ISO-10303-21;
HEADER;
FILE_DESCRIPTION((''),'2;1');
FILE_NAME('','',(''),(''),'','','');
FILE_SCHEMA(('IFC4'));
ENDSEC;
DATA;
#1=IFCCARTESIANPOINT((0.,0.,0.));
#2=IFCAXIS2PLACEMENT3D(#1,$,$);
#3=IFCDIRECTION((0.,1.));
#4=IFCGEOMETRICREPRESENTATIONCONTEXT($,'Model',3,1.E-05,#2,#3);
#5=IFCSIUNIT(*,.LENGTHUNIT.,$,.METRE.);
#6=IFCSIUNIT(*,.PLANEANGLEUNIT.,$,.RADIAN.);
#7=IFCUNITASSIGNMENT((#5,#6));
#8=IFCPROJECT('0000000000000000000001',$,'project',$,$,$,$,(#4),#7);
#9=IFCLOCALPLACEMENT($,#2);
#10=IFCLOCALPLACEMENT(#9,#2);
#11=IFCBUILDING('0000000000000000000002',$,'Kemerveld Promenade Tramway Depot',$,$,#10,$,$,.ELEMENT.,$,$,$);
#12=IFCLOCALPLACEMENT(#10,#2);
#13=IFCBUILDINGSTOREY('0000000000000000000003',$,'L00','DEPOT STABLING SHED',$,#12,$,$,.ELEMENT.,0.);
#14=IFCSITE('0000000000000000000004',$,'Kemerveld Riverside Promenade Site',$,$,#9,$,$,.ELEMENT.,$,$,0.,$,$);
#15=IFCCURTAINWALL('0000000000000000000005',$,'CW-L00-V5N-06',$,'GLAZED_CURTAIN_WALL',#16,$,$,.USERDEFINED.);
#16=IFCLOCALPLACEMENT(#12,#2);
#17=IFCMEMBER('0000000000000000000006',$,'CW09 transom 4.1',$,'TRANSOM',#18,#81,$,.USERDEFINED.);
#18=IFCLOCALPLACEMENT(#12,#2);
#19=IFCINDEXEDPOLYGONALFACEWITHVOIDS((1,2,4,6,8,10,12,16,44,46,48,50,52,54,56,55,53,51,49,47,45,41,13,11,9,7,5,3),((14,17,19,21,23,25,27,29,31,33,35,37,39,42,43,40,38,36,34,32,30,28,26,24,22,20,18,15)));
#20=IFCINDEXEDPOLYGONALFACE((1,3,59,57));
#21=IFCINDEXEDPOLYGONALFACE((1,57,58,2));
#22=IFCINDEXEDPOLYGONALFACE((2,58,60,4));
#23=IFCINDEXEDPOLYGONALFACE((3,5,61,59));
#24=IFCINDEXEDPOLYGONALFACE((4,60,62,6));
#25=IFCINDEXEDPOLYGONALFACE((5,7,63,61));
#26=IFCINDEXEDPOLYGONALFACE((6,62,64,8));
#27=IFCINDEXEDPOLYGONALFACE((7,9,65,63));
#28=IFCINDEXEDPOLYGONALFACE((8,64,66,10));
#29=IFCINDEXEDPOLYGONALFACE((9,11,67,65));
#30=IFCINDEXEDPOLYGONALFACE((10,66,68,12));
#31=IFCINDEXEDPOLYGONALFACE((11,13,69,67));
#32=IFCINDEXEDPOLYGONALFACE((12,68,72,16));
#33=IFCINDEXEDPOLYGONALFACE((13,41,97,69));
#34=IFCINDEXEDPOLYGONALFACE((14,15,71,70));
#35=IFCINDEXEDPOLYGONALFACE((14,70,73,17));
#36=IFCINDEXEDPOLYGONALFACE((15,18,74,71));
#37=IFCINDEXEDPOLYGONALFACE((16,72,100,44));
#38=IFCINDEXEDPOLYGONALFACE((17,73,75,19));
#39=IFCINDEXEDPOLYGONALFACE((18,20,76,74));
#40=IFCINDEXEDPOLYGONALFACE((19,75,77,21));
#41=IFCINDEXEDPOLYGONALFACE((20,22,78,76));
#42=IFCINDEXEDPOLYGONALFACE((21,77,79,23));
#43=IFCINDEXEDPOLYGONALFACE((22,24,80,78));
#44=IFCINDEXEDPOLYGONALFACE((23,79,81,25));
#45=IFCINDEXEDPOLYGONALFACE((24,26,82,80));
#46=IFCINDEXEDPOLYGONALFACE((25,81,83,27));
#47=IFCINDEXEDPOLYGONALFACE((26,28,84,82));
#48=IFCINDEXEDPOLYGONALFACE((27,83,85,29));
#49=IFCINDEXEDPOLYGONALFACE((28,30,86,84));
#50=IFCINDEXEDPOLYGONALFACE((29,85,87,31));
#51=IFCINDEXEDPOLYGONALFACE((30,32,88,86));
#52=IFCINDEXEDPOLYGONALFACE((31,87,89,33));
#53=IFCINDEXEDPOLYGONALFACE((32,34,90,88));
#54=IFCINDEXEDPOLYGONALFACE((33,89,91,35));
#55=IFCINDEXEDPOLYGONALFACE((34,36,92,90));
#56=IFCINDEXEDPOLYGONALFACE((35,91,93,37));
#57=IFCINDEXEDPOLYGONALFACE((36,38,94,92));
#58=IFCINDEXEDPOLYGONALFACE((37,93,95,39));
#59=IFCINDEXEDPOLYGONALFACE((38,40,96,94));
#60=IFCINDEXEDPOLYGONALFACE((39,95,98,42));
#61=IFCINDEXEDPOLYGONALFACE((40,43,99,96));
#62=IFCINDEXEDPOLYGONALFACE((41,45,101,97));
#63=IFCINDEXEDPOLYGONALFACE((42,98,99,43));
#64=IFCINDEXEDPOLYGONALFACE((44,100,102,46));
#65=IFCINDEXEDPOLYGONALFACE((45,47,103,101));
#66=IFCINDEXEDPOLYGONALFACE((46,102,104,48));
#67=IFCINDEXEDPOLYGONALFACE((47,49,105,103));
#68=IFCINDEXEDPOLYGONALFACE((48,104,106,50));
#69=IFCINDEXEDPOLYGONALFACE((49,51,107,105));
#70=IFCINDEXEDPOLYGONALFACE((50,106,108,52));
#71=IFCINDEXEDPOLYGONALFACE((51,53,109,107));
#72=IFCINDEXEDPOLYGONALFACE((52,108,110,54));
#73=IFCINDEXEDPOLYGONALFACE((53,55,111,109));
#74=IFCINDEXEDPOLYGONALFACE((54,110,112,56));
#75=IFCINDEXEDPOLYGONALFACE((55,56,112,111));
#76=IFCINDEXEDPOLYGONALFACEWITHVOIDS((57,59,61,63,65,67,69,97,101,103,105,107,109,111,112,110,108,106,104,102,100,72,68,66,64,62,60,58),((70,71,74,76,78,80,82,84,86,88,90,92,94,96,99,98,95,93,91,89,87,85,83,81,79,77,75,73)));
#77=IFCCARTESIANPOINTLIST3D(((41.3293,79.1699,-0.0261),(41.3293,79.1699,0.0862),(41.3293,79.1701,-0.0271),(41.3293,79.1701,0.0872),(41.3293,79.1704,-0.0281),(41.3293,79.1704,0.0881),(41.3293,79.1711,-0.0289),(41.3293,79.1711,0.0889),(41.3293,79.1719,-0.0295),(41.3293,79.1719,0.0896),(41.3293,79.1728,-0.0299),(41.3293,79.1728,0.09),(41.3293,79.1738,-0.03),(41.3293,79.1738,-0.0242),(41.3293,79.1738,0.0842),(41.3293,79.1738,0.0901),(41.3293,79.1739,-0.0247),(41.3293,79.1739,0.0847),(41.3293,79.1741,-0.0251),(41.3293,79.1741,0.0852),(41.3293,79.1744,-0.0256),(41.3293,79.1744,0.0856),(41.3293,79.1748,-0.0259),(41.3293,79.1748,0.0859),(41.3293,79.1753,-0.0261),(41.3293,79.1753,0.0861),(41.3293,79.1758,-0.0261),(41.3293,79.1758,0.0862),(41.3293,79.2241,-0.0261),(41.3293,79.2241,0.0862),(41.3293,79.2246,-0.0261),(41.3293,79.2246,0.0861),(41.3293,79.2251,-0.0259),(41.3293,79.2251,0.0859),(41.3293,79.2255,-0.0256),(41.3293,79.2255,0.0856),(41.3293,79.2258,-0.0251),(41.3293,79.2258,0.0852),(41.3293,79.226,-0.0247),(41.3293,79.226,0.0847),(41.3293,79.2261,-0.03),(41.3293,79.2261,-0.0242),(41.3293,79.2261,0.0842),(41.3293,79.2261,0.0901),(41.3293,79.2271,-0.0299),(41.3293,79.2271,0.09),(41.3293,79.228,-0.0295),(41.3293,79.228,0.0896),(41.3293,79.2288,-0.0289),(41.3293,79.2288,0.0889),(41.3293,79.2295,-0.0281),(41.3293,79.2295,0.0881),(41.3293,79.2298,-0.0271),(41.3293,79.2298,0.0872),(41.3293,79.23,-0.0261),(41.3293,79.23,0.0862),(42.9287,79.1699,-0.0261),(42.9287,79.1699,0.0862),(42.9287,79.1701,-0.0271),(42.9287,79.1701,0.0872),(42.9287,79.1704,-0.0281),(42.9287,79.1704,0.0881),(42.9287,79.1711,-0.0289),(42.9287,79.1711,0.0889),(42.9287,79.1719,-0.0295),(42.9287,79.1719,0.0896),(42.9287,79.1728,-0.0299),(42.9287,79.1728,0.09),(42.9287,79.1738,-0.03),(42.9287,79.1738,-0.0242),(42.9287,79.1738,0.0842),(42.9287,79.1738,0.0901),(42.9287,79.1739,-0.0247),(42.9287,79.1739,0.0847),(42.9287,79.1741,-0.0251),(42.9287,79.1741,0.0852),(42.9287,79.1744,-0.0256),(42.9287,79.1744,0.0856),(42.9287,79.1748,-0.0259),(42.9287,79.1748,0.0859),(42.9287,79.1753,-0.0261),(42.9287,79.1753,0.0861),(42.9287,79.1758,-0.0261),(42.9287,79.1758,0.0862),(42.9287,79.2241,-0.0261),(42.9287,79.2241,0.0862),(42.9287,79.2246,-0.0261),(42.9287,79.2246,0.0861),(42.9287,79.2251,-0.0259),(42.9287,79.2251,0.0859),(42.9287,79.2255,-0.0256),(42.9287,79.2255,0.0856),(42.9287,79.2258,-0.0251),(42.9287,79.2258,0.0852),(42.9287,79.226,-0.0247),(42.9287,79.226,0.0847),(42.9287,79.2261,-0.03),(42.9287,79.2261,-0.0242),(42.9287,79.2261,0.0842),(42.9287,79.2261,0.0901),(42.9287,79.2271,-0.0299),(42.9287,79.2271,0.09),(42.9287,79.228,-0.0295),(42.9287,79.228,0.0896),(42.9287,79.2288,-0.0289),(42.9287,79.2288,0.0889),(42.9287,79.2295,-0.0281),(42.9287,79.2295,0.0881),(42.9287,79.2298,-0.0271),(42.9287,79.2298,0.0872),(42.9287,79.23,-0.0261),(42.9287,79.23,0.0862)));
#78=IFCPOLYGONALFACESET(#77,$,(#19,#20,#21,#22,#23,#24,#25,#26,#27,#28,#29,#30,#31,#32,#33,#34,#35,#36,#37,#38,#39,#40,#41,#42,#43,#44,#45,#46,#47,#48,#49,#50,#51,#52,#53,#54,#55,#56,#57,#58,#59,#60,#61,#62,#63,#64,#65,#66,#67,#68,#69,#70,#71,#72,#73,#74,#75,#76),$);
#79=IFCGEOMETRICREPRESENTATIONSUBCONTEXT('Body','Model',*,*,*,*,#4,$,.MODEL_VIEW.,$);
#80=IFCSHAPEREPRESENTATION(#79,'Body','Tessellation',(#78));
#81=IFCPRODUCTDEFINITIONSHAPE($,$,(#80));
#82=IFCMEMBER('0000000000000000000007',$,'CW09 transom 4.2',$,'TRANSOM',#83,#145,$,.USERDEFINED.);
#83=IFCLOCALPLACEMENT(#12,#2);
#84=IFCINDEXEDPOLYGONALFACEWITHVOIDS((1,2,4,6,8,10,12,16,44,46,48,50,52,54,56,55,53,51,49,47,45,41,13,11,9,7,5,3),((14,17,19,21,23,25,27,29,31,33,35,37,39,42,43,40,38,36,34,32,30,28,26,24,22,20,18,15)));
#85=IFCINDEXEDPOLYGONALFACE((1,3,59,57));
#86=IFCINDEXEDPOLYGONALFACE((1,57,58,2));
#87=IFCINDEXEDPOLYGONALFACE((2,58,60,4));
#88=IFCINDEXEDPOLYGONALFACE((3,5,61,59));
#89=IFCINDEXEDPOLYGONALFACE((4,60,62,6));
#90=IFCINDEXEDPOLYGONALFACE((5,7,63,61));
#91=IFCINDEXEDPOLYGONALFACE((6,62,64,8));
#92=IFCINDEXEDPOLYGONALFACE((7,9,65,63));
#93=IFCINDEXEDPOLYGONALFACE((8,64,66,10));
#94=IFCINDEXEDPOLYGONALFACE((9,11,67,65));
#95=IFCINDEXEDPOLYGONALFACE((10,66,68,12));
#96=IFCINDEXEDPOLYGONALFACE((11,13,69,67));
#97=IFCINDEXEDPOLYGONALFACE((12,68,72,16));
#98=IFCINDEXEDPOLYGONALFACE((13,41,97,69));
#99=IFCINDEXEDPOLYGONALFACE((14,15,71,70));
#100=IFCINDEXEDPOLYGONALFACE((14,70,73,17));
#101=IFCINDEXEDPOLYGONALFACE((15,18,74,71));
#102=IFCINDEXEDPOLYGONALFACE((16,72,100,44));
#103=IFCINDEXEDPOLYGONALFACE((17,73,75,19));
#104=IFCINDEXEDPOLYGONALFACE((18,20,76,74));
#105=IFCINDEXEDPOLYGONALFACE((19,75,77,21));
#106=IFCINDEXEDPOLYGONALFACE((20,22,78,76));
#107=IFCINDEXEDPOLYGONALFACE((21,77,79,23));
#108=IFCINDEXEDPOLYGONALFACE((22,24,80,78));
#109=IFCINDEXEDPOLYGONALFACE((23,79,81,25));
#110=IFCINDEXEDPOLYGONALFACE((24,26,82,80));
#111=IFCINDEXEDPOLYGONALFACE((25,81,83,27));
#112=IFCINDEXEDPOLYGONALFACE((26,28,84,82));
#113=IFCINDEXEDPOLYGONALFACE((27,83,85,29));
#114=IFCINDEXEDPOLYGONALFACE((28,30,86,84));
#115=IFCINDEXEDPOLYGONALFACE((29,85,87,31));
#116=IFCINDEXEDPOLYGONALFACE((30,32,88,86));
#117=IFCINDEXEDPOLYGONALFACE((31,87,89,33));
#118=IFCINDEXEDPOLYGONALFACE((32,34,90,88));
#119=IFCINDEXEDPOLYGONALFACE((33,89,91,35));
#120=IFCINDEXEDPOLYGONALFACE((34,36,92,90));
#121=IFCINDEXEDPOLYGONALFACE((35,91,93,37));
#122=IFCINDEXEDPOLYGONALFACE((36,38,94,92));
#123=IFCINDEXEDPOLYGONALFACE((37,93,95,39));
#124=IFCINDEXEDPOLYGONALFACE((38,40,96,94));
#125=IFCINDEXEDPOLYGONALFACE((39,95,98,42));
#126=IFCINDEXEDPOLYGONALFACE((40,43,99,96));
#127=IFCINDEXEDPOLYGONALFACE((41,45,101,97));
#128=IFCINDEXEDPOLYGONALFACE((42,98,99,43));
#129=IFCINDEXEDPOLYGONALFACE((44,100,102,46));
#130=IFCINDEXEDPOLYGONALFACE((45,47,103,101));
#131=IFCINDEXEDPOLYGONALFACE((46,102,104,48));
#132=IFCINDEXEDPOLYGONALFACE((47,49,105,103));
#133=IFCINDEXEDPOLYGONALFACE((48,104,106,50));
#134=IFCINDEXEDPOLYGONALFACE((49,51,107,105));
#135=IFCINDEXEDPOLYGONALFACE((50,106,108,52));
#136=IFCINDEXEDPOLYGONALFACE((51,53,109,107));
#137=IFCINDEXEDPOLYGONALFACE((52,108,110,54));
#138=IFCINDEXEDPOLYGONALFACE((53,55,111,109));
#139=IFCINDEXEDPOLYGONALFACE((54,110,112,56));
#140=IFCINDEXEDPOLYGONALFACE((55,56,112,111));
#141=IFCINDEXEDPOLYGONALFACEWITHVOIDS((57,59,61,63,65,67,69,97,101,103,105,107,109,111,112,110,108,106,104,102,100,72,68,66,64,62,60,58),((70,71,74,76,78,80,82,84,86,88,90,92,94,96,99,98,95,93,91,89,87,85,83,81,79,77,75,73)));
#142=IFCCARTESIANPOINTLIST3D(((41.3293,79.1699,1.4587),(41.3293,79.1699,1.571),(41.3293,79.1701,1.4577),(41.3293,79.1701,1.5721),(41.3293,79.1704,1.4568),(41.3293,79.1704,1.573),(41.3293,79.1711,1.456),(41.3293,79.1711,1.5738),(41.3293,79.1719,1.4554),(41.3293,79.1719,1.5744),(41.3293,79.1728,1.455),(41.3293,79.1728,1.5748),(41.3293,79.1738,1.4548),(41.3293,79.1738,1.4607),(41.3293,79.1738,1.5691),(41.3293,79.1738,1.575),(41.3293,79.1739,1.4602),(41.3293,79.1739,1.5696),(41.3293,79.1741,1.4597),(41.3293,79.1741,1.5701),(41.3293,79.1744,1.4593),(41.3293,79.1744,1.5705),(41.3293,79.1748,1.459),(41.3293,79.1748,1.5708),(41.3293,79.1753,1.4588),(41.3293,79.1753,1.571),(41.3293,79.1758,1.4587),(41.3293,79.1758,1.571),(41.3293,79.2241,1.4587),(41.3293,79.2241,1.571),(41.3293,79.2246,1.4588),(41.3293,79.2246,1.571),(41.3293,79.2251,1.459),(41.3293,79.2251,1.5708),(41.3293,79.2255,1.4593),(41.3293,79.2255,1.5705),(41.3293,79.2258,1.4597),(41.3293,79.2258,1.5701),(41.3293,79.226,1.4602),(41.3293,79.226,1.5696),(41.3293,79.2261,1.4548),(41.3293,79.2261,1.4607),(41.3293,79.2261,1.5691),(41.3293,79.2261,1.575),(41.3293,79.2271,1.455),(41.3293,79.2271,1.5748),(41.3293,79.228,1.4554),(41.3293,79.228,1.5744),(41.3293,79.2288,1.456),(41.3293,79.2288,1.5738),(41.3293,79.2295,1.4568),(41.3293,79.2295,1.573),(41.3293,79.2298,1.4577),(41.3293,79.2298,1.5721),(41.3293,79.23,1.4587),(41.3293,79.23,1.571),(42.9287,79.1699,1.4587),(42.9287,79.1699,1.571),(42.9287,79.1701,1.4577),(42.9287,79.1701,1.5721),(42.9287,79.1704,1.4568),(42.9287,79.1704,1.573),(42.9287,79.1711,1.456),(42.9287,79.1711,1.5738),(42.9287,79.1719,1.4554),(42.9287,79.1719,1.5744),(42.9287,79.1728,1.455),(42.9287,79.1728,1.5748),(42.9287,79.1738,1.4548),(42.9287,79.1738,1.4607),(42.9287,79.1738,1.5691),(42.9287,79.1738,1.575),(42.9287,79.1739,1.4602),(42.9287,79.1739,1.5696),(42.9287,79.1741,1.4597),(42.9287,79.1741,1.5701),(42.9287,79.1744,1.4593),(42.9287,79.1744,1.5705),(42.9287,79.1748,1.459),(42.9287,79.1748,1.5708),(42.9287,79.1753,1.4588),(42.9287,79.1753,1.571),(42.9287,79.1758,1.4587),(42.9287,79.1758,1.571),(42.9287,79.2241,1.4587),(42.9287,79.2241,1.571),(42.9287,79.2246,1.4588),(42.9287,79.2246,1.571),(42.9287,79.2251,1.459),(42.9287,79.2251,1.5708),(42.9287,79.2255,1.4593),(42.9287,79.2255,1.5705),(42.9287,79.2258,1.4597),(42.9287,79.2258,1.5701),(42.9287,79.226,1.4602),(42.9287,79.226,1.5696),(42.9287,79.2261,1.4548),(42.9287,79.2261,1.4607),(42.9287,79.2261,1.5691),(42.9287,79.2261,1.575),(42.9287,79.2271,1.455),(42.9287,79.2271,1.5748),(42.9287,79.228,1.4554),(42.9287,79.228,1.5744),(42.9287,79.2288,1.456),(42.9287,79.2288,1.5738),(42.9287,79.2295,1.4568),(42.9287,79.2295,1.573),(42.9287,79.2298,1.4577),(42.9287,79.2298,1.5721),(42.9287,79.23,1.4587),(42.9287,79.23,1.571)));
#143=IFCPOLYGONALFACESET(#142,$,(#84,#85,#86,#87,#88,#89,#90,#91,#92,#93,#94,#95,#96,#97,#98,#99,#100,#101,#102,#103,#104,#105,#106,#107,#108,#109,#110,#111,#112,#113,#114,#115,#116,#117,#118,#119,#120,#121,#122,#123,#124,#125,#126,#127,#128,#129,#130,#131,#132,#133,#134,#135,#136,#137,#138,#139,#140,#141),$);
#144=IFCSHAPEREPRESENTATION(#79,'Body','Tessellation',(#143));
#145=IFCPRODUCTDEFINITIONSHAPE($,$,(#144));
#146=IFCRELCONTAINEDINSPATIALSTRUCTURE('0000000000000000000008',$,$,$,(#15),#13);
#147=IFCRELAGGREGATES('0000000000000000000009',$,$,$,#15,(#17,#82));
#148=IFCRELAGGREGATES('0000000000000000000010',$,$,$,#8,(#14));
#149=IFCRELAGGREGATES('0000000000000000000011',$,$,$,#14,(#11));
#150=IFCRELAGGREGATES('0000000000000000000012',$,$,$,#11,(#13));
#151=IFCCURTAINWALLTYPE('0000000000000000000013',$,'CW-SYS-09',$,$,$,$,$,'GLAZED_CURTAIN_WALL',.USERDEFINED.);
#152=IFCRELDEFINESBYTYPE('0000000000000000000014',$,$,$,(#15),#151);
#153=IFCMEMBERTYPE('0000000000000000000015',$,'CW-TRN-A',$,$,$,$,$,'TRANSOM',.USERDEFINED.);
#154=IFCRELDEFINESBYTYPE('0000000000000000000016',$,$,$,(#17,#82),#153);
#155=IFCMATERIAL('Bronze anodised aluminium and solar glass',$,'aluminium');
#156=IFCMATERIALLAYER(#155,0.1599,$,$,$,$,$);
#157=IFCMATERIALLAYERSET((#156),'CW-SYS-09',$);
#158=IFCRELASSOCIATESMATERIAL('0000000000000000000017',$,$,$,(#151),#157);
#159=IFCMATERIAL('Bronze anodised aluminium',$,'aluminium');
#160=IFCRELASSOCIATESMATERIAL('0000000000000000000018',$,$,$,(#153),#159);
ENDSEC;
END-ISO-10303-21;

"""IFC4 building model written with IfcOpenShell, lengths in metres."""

from ifc_helpers import new_model, si_unit, direction, frame, origin, origin_2d, place, context, subcontext, project, spatial, hollow_rectangle, extrude, material, layer, layer_set, material_profile, profile_set, type_object, element, aggregate, save


model = new_model("IFC4")

# Units and contexts
model_context = context("Model", 3, precision=1e-05, world=origin(), true_north=direction((0.0, 1.0)))
body_context = subcontext(model_context, "Body", "Model", "MODEL_VIEW")
ifc_project = project(units=[si_unit("LENGTHUNIT", "METRE"), si_unit("PLANEANGLEUNIT", "RADIAN")], contexts=[model_context])

# Site, building, storey
site_placement = place(None, origin())
site = spatial("IfcSite", under=ifc_project, at=site_placement, Name="Kemerveld Riverside Promenade Site", CompositionType="ELEMENT", RefElevation=0.0)
building_placement = place(site_placement, origin())
building = spatial("IfcBuilding", under=site, at=building_placement, Name="Kemerveld Promenade Tramway Depot", CompositionType="ELEMENT")
storey_placement = place(building_placement, origin())
storey = spatial("IfcBuildingStorey", under=building, at=storey_placement, Name="L00", Description="DEPOT STABLING SHED", CompositionType="ELEMENT", Elevation=0.0)

# Curtain wall
ifc_material_1 = material(Name="Bronze anodised aluminium and solar glass", Category="aluminium")
ifc_layer_1 = layer(ifc_material_1, 0.1599)
ifc_layer_set_1 = layer_set([ifc_layer_1], Name="CW-SYS-09")
curtain_wall_type_1 = type_object("IfcCurtainWallType", Name="CW-SYS-09", ElementType="GLAZED_CURTAIN_WALL", PredefinedType="USERDEFINED", material=ifc_layer_set_1)
curtain_wall_1_placement = place(storey_placement, origin())
curtain_wall_1 = element("IfcCurtainWall", 1, at=curtain_wall_1_placement, inside=storey, type_object=curtain_wall_type_1, Name="CW-L00-V5N-06", ObjectType="GLAZED_CURTAIN_WALL", PredefinedType="USERDEFINED")
ifc_material_2 = material(Name="Bronze anodised aluminium", Category="aluminium")

# Members
ifc_material_profile_1 = material_profile(ifc_material_2, hollow_rectangle(XDim=0.0601, YDim=0.1201, WallThickness=0.0039, InnerFilletRadius=0.002, OuterFilletRadius=0.0039, at=origin_2d()), Name="CW-TRN-120x60")
ifc_profile_set_1 = profile_set([ifc_material_profile_1], Name="Bronze anodised aluminium")
member_type_1 = type_object("IfcMemberType", Name="CW-TRN-A", ElementType="TRANSOM", PredefinedType="USERDEFINED", material=ifc_profile_set_1)
member_1_placement = place(storey_placement, frame((41.3293, 79.2, 0.03), z_axis=(1.0, 0.0, 0.0), x_axis=(0.0, 1.0, 0.0)))
member_1 = element("IfcMember", 2, at=member_1_placement, type_object=member_type_1, Name="CW09 transom 4.1", ObjectType="TRANSOM", PredefinedType="USERDEFINED", context=body_context, shape_type="SweptSolid", body=[
    extrude(hollow_rectangle(XDim=0.0601, YDim=0.1201, WallThickness=0.0039, InnerFilletRadius=0.002, OuterFilletRadius=0.0039, at=origin_2d()), origin(), (0.0, 0.0, 1.0), 1.5994),
])
member_2_placement = place(storey_placement, frame((41.3293, 79.2, 1.5149), z_axis=(1.0, 0.0, 0.0), x_axis=(0.0, 1.0, 0.0)))
member_2 = element("IfcMember", 3, at=member_2_placement, type_object=member_type_1, Name="CW09 transom 4.2", ObjectType="TRANSOM", PredefinedType="USERDEFINED", context=body_context, shape_type="SweptSolid", body=[
    extrude(hollow_rectangle(XDim=0.0601, YDim=0.1201, WallThickness=0.0039, InnerFilletRadius=0.002, OuterFilletRadius=0.0039, at=origin_2d()), origin(), (0.0, 0.0, 1.0), 1.5994),
])

aggregate(curtain_wall_1, [member_1, member_2])

save(model, "model.ifc")
